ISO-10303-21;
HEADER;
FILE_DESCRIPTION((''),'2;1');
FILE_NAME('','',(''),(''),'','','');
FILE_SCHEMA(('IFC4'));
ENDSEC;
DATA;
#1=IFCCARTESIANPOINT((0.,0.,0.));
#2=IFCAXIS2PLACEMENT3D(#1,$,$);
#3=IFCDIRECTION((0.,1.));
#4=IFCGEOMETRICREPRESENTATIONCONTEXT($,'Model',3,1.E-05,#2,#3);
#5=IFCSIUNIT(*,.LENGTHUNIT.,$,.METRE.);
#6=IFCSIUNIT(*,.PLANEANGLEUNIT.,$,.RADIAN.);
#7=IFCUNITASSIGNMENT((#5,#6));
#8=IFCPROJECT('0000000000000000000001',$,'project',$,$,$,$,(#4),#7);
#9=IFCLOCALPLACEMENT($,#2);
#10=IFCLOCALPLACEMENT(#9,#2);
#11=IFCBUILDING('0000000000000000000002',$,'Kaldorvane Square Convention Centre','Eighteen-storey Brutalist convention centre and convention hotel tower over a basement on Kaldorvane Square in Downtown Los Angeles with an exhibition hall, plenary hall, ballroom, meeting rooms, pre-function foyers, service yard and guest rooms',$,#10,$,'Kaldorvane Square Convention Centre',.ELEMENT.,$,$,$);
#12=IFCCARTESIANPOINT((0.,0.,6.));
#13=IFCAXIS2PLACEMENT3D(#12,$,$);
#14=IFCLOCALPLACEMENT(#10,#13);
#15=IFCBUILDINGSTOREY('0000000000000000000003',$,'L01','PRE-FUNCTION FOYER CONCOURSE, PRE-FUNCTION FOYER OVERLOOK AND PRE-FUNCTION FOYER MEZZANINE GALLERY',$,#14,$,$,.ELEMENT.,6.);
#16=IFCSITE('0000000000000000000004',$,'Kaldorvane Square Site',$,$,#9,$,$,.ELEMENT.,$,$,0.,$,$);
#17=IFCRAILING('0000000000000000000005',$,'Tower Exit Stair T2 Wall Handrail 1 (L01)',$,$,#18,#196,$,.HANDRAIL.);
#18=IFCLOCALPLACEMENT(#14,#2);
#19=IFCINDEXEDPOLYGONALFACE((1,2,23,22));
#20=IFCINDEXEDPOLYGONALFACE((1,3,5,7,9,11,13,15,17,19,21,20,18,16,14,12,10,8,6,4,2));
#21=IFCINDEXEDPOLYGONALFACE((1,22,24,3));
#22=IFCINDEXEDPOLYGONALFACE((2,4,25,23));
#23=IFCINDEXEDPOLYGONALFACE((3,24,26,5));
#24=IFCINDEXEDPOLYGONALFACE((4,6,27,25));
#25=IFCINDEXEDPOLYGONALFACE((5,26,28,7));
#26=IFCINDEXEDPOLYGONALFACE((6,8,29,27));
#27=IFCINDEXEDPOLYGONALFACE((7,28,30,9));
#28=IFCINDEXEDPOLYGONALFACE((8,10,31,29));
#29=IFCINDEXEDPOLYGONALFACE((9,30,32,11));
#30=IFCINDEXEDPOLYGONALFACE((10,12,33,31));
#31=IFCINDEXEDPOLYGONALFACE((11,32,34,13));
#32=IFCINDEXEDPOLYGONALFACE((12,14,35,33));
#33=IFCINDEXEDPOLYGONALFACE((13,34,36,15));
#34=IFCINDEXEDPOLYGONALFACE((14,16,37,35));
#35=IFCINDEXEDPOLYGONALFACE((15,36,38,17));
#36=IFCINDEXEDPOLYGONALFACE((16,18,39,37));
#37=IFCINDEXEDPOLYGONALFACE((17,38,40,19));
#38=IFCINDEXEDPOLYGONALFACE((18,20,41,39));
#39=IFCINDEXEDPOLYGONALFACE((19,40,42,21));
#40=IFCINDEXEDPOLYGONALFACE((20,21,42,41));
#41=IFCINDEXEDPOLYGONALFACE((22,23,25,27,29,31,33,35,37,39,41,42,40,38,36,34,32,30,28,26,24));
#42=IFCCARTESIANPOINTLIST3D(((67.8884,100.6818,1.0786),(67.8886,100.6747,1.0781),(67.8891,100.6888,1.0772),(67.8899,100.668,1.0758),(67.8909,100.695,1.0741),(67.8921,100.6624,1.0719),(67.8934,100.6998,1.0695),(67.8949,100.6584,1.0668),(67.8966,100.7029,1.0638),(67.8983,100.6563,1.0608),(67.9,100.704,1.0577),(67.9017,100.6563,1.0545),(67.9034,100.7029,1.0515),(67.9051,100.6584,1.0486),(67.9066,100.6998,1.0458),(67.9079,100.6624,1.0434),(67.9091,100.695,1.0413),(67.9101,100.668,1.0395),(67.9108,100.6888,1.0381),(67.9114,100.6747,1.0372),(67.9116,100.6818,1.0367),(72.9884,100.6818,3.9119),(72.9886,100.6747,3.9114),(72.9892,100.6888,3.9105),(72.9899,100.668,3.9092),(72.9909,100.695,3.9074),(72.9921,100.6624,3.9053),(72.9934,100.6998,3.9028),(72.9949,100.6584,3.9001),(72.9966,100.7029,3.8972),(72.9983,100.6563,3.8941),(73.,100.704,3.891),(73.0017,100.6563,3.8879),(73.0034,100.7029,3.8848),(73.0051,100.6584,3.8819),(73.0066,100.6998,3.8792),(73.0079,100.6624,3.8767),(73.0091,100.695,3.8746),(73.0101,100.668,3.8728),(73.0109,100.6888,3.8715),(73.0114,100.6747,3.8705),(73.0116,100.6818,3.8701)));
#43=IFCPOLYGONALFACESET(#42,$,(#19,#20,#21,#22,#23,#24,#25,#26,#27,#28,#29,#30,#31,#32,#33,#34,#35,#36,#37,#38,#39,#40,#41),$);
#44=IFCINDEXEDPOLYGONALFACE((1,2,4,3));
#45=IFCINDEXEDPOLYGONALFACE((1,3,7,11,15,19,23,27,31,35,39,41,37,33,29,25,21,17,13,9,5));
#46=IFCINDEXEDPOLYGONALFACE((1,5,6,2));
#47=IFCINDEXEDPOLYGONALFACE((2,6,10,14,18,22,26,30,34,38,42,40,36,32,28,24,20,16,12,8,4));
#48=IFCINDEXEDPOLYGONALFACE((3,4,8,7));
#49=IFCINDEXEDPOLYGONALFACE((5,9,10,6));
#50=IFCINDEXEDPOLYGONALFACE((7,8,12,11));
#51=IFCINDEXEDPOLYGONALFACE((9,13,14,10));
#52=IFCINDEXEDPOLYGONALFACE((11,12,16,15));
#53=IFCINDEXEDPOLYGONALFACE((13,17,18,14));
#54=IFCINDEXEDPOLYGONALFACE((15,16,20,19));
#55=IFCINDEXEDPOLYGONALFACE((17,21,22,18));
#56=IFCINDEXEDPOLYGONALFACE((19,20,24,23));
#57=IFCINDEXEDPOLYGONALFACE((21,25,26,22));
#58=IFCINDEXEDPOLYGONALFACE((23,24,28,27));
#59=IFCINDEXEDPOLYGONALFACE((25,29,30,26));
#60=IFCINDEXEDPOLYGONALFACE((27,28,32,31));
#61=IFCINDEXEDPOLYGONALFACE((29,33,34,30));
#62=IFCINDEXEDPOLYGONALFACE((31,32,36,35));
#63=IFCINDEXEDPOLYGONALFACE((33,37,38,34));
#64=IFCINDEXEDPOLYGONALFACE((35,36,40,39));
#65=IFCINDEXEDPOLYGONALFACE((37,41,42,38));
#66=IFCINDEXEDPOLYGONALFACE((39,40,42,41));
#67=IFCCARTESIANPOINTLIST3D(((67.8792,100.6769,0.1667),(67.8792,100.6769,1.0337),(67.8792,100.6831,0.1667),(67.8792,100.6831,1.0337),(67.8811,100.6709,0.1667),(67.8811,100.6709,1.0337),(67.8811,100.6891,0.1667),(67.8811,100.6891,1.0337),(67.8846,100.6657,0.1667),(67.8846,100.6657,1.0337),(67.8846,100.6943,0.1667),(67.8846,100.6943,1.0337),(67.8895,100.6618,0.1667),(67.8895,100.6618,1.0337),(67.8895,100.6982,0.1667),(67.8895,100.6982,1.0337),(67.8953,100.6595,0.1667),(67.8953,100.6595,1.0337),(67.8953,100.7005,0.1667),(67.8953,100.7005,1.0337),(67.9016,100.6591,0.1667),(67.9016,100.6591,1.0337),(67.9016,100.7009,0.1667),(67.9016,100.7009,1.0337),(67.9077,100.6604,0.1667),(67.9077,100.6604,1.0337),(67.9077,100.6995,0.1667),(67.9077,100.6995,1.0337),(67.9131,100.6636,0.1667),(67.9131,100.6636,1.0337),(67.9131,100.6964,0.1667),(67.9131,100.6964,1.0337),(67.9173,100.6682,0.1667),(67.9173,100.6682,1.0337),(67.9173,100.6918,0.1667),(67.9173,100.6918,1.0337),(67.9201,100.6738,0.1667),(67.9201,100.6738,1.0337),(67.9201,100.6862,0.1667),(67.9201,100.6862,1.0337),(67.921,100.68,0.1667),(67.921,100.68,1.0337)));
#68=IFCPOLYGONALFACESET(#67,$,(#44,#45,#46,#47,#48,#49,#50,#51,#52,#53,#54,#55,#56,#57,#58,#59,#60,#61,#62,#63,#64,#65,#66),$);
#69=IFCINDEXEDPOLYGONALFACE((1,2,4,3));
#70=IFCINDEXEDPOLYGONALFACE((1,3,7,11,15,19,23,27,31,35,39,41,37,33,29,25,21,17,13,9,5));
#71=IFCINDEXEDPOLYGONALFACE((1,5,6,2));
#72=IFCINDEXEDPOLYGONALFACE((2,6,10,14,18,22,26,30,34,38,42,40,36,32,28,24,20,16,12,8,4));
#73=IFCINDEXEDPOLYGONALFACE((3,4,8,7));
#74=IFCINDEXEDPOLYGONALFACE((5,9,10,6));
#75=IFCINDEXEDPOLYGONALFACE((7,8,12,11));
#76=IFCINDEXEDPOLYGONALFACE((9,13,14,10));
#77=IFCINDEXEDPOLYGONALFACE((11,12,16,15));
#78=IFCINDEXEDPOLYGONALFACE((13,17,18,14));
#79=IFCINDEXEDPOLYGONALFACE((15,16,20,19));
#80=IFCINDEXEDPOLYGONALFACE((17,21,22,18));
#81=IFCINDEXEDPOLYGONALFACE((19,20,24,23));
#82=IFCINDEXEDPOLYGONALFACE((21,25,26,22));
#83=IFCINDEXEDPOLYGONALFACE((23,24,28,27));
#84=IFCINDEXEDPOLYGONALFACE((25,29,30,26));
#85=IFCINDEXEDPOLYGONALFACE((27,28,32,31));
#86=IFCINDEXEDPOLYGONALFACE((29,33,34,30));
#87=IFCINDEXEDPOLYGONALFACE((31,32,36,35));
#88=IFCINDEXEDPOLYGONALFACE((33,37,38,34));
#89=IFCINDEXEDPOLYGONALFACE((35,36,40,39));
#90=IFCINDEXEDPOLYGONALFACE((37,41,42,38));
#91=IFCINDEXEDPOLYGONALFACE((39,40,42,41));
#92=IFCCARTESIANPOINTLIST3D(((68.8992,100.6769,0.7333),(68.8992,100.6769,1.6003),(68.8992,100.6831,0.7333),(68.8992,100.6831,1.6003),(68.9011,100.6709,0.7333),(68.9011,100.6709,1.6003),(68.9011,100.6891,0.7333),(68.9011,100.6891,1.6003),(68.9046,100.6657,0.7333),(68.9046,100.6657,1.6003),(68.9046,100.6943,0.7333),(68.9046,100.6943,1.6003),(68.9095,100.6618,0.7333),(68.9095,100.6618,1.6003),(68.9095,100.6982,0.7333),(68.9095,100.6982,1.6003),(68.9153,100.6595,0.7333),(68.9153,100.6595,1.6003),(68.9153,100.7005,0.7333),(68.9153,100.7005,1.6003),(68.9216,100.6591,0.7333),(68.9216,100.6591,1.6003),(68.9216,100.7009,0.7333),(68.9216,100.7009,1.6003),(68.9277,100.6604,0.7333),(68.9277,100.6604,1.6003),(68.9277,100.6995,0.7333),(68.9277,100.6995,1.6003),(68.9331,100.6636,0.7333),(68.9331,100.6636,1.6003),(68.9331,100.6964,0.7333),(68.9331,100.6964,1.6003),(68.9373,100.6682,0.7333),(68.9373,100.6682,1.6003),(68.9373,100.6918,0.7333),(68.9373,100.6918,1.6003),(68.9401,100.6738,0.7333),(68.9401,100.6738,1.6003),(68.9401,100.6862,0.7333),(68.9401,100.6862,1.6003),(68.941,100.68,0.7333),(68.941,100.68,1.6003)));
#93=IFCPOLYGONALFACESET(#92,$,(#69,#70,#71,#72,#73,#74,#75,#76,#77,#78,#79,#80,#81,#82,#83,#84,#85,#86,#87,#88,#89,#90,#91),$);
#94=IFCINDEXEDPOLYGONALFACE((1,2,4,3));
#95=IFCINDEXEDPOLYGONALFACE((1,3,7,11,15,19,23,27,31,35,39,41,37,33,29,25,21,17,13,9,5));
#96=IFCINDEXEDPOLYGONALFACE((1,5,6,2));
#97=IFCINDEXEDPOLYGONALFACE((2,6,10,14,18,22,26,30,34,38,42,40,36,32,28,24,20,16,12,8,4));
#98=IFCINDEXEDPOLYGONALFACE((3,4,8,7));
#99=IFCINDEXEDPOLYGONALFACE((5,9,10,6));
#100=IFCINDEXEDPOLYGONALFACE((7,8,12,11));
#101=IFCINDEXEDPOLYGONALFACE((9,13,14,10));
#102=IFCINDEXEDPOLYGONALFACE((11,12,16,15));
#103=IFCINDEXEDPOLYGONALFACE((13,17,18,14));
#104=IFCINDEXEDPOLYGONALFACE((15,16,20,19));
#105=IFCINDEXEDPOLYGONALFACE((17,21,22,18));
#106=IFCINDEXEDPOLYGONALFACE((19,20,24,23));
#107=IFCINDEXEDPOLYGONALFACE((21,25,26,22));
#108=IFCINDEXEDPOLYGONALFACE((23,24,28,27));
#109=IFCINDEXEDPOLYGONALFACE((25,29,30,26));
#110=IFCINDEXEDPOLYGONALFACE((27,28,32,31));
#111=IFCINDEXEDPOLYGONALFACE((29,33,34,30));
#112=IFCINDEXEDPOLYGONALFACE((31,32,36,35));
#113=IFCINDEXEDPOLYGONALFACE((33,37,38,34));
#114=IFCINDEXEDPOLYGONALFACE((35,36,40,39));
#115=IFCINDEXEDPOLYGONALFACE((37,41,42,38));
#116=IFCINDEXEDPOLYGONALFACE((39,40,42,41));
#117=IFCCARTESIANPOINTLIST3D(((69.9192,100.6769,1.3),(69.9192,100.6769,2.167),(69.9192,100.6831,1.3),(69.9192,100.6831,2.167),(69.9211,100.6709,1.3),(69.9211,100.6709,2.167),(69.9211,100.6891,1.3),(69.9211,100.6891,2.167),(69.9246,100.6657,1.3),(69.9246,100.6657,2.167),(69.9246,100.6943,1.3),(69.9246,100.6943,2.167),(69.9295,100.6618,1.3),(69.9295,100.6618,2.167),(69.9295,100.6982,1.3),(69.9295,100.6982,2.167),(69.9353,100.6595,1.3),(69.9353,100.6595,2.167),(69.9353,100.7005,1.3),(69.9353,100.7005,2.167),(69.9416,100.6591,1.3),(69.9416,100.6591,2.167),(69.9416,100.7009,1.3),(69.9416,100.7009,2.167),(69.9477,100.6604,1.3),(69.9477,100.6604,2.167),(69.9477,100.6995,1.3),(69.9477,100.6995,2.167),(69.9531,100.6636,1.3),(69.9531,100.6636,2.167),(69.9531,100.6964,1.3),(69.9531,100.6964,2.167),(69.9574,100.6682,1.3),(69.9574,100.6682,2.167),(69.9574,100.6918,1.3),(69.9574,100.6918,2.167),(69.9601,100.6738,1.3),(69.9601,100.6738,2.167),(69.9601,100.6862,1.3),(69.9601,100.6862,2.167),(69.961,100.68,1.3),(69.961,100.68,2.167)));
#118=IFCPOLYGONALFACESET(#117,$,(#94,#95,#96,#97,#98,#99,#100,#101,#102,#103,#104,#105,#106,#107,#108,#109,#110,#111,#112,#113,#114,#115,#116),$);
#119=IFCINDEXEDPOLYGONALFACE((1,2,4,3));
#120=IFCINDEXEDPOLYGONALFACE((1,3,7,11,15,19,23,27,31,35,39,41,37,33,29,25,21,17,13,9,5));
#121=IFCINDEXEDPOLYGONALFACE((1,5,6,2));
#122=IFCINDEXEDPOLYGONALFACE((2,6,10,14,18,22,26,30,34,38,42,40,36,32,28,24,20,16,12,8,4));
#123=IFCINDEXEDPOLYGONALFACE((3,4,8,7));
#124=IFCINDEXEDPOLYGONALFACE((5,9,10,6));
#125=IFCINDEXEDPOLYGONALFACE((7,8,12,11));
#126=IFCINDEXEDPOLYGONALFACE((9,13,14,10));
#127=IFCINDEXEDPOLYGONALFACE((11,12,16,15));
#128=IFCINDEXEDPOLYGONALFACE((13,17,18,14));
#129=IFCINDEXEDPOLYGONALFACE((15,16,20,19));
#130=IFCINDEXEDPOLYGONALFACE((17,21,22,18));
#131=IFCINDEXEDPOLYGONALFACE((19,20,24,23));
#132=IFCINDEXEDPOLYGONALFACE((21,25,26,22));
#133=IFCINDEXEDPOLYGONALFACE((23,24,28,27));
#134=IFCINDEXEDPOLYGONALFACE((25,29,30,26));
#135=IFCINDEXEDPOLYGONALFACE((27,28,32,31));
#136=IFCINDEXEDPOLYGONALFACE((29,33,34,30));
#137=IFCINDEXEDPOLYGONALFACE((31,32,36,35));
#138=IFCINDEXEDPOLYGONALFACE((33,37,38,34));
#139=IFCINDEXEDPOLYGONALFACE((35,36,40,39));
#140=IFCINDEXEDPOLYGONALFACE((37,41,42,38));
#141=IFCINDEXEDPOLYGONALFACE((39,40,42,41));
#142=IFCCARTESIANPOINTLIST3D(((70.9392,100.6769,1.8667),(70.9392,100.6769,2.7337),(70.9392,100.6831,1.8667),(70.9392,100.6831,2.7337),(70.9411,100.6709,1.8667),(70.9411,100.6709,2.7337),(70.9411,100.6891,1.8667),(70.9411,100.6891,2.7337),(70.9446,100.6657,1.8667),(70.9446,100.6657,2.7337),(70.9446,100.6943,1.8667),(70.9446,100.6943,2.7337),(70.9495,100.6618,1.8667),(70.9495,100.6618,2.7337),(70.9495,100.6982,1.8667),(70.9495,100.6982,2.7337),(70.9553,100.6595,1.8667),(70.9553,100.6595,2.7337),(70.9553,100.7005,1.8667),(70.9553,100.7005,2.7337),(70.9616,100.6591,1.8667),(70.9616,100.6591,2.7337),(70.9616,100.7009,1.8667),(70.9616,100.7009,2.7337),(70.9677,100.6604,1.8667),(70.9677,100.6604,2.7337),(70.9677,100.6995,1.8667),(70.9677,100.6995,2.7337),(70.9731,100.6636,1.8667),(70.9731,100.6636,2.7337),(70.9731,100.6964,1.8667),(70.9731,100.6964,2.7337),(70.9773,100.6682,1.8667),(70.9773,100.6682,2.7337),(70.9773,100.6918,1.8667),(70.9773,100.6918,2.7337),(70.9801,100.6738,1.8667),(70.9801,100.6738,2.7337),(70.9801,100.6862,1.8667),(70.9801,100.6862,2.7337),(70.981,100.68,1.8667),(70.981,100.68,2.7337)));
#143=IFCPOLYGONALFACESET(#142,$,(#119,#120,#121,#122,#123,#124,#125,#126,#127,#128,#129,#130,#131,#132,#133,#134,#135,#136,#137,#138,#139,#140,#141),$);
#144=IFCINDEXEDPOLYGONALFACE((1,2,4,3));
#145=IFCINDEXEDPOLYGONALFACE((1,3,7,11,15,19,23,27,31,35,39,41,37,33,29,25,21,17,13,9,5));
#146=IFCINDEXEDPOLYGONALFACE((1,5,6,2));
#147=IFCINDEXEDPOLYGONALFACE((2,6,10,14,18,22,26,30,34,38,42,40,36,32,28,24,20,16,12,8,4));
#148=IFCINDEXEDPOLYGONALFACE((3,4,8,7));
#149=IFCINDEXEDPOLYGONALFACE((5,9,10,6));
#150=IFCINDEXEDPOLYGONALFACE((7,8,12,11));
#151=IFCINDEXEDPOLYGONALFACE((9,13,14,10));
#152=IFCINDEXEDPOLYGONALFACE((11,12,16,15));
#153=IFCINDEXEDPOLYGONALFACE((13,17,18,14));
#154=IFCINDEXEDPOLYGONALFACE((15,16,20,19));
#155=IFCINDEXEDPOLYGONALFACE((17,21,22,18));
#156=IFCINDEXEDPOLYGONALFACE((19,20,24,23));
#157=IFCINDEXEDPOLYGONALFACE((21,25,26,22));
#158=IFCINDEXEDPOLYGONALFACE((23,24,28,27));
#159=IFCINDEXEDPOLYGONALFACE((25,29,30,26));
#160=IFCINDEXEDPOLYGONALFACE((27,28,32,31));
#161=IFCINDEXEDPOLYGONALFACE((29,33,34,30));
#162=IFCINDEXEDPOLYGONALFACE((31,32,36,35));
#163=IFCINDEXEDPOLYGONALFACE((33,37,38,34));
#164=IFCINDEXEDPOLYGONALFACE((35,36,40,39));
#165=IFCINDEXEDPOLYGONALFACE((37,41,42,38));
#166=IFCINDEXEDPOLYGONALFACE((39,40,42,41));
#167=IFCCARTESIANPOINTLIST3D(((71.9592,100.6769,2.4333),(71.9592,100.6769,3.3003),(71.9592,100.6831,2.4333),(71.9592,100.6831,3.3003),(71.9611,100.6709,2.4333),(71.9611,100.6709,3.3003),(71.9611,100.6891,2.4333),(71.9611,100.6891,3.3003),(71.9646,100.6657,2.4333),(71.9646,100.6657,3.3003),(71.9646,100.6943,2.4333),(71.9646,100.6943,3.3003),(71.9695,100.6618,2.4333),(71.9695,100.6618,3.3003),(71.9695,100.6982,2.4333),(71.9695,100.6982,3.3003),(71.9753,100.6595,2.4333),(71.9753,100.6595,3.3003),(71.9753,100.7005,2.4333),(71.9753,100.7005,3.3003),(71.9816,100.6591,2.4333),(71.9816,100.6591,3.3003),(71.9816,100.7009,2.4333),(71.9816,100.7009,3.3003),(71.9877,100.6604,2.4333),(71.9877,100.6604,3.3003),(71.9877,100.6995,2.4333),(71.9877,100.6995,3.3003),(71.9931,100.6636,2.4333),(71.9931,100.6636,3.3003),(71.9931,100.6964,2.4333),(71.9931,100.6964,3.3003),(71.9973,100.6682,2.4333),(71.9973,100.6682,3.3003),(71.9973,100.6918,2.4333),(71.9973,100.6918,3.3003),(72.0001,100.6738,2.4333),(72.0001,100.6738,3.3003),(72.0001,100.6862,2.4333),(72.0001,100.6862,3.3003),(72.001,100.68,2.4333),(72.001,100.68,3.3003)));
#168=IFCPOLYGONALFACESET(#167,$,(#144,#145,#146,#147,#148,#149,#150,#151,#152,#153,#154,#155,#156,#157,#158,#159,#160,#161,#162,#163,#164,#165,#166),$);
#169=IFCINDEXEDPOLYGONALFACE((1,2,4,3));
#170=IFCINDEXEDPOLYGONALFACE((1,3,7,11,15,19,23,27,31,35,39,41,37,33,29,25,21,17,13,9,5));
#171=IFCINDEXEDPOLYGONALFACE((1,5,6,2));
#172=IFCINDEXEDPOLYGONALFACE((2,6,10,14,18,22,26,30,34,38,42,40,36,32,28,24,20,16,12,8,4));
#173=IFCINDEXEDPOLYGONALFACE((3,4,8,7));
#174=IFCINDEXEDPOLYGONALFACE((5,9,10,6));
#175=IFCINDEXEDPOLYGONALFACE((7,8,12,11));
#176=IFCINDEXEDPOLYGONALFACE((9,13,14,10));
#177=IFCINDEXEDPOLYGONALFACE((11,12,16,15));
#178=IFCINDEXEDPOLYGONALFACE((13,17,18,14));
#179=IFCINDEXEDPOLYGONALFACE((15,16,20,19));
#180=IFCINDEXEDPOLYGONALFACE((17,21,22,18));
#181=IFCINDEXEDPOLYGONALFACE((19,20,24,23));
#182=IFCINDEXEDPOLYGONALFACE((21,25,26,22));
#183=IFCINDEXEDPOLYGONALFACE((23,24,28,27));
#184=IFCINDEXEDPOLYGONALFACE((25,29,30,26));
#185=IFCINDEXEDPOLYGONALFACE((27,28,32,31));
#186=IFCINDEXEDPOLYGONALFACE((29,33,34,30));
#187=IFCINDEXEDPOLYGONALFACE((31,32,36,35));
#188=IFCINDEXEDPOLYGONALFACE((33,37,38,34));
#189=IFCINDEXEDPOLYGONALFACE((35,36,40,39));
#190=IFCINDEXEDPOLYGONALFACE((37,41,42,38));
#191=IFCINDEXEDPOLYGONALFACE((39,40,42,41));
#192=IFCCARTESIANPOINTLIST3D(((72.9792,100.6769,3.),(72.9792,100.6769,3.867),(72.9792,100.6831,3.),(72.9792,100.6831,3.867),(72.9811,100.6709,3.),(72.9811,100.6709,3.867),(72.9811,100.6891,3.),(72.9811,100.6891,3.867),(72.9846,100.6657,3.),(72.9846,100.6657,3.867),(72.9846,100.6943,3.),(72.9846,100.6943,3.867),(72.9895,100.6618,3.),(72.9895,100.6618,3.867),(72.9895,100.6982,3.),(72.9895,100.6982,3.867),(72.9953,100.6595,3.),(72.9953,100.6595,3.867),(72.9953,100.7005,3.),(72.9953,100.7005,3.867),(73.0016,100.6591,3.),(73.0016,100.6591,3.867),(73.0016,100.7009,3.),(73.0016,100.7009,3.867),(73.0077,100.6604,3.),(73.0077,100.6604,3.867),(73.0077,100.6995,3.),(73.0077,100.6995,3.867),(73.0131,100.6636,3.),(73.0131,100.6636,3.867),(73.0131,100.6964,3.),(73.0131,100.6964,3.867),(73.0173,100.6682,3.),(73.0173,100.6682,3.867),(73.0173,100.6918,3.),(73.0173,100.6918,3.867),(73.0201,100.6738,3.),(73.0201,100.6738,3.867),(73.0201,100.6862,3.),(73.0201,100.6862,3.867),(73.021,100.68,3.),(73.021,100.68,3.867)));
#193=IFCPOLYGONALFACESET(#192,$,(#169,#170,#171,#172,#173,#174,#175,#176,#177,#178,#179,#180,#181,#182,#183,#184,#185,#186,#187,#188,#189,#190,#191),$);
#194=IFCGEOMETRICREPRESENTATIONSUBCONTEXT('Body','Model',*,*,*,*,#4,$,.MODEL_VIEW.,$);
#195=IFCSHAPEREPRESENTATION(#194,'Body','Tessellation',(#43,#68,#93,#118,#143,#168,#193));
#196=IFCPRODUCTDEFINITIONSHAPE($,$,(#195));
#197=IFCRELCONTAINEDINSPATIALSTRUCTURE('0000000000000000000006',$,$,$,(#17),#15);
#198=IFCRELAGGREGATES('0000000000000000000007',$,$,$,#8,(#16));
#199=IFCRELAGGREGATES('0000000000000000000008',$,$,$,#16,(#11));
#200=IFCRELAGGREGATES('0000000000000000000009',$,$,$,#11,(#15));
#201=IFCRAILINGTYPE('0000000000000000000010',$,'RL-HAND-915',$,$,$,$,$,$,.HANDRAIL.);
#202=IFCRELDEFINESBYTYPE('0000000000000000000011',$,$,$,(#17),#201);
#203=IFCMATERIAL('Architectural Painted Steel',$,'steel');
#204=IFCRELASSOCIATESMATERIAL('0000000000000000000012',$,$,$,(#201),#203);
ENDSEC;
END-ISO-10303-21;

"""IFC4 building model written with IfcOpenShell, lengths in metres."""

from ifc_helpers import new_model, si_unit, direction, frame, origin, origin_2d, place, context, subcontext, project, spatial, circle, extrude, material, type_object, element, save


model = new_model("IFC4")

# Units and contexts
model_context = context("Model", 3, precision=1e-05, world=origin(), true_north=direction((0.0, 1.0)))
body_context = subcontext(model_context, "Body", "Model", "MODEL_VIEW")
ifc_project = project(units=[si_unit("LENGTHUNIT", "METRE"), si_unit("PLANEANGLEUNIT", "RADIAN")], contexts=[model_context])

# Site, building, storey
site_placement = place(None, origin())
site = spatial("IfcSite", under=ifc_project, at=site_placement, Name="Kaldorvane Square Site", CompositionType="ELEMENT", RefElevation=0.0)
building_placement = place(site_placement, origin())
building = spatial("IfcBuilding", under=site, at=building_placement, Name="Kaldorvane Square Convention Centre", Description="Eighteen-storey Brutalist convention centre and convention hotel tower over a basement on Kaldorvane Square in Downtown Los Angeles with an exhibition hall, plenary hall, ballroom, meeting rooms, pre-function foyers, service yard and guest rooms", LongName="Kaldorvane Square Convention Centre", CompositionType="ELEMENT")
storey_placement = place(building_placement, frame((0.0, 0.0, 6.0)))
storey = spatial("IfcBuildingStorey", under=building, at=storey_placement, Name="L01", Description="PRE-FUNCTION FOYER CONCOURSE, PRE-FUNCTION FOYER OVERLOOK AND PRE-FUNCTION FOYER MEZZANINE GALLERY", CompositionType="ELEMENT", Elevation=6.0)

# Railing
ifc_material_1 = material(Name="Architectural Painted Steel", Category="steel")
railing_type_1 = type_object("IfcRailingType", Name="RL-HAND-915", PredefinedType="HANDRAIL", material=ifc_material_1)
railing_1_placement = place(storey_placement, frame((67.9, 100.68, 0.1667)))
element("IfcRailing", 1, at=railing_1_placement, inside=storey, type_object=railing_type_1, Name="Tower Exit Stair T2 Wall Handrail 1 (L01)", PredefinedType="HANDRAIL", context=body_context, shape_type="SweptSolid", body=[
    extrude(circle(Radius=0.024, at=origin_2d()), frame((0.0, 0.0, 0.891), z_axis=(0.874158, 0.0, 0.485642), x_axis=(0.0, 1.0, 0.0)), (0.0, 0.0, 1.0), 5.8342),
    extrude(circle(Radius=0.021, at=origin_2d()), origin(), (0.0, 0.0, 1.0), 0.867),
    extrude(circle(Radius=0.021, at=origin_2d()), frame((1.02, 0.0, 0.5667)), (0.0, 0.0, 1.0), 0.867),
    extrude(circle(Radius=0.021, at=origin_2d()), frame((2.04, 0.0, 1.1333)), (0.0, 0.0, 1.0), 0.867),
    extrude(circle(Radius=0.021, at=origin_2d()), frame((3.06, 0.0, 1.7)), (0.0, 0.0, 1.0), 0.867),
    extrude(circle(Radius=0.021, at=origin_2d()), frame((4.08, 0.0, 2.2667)), (0.0, 0.0, 1.0), 0.867),
    extrude(circle(Radius=0.021, at=origin_2d()), frame((5.1, 0.0, 2.8333)), (0.0, 0.0, 1.0), 0.867),
])

save(model, "model.ifc")
